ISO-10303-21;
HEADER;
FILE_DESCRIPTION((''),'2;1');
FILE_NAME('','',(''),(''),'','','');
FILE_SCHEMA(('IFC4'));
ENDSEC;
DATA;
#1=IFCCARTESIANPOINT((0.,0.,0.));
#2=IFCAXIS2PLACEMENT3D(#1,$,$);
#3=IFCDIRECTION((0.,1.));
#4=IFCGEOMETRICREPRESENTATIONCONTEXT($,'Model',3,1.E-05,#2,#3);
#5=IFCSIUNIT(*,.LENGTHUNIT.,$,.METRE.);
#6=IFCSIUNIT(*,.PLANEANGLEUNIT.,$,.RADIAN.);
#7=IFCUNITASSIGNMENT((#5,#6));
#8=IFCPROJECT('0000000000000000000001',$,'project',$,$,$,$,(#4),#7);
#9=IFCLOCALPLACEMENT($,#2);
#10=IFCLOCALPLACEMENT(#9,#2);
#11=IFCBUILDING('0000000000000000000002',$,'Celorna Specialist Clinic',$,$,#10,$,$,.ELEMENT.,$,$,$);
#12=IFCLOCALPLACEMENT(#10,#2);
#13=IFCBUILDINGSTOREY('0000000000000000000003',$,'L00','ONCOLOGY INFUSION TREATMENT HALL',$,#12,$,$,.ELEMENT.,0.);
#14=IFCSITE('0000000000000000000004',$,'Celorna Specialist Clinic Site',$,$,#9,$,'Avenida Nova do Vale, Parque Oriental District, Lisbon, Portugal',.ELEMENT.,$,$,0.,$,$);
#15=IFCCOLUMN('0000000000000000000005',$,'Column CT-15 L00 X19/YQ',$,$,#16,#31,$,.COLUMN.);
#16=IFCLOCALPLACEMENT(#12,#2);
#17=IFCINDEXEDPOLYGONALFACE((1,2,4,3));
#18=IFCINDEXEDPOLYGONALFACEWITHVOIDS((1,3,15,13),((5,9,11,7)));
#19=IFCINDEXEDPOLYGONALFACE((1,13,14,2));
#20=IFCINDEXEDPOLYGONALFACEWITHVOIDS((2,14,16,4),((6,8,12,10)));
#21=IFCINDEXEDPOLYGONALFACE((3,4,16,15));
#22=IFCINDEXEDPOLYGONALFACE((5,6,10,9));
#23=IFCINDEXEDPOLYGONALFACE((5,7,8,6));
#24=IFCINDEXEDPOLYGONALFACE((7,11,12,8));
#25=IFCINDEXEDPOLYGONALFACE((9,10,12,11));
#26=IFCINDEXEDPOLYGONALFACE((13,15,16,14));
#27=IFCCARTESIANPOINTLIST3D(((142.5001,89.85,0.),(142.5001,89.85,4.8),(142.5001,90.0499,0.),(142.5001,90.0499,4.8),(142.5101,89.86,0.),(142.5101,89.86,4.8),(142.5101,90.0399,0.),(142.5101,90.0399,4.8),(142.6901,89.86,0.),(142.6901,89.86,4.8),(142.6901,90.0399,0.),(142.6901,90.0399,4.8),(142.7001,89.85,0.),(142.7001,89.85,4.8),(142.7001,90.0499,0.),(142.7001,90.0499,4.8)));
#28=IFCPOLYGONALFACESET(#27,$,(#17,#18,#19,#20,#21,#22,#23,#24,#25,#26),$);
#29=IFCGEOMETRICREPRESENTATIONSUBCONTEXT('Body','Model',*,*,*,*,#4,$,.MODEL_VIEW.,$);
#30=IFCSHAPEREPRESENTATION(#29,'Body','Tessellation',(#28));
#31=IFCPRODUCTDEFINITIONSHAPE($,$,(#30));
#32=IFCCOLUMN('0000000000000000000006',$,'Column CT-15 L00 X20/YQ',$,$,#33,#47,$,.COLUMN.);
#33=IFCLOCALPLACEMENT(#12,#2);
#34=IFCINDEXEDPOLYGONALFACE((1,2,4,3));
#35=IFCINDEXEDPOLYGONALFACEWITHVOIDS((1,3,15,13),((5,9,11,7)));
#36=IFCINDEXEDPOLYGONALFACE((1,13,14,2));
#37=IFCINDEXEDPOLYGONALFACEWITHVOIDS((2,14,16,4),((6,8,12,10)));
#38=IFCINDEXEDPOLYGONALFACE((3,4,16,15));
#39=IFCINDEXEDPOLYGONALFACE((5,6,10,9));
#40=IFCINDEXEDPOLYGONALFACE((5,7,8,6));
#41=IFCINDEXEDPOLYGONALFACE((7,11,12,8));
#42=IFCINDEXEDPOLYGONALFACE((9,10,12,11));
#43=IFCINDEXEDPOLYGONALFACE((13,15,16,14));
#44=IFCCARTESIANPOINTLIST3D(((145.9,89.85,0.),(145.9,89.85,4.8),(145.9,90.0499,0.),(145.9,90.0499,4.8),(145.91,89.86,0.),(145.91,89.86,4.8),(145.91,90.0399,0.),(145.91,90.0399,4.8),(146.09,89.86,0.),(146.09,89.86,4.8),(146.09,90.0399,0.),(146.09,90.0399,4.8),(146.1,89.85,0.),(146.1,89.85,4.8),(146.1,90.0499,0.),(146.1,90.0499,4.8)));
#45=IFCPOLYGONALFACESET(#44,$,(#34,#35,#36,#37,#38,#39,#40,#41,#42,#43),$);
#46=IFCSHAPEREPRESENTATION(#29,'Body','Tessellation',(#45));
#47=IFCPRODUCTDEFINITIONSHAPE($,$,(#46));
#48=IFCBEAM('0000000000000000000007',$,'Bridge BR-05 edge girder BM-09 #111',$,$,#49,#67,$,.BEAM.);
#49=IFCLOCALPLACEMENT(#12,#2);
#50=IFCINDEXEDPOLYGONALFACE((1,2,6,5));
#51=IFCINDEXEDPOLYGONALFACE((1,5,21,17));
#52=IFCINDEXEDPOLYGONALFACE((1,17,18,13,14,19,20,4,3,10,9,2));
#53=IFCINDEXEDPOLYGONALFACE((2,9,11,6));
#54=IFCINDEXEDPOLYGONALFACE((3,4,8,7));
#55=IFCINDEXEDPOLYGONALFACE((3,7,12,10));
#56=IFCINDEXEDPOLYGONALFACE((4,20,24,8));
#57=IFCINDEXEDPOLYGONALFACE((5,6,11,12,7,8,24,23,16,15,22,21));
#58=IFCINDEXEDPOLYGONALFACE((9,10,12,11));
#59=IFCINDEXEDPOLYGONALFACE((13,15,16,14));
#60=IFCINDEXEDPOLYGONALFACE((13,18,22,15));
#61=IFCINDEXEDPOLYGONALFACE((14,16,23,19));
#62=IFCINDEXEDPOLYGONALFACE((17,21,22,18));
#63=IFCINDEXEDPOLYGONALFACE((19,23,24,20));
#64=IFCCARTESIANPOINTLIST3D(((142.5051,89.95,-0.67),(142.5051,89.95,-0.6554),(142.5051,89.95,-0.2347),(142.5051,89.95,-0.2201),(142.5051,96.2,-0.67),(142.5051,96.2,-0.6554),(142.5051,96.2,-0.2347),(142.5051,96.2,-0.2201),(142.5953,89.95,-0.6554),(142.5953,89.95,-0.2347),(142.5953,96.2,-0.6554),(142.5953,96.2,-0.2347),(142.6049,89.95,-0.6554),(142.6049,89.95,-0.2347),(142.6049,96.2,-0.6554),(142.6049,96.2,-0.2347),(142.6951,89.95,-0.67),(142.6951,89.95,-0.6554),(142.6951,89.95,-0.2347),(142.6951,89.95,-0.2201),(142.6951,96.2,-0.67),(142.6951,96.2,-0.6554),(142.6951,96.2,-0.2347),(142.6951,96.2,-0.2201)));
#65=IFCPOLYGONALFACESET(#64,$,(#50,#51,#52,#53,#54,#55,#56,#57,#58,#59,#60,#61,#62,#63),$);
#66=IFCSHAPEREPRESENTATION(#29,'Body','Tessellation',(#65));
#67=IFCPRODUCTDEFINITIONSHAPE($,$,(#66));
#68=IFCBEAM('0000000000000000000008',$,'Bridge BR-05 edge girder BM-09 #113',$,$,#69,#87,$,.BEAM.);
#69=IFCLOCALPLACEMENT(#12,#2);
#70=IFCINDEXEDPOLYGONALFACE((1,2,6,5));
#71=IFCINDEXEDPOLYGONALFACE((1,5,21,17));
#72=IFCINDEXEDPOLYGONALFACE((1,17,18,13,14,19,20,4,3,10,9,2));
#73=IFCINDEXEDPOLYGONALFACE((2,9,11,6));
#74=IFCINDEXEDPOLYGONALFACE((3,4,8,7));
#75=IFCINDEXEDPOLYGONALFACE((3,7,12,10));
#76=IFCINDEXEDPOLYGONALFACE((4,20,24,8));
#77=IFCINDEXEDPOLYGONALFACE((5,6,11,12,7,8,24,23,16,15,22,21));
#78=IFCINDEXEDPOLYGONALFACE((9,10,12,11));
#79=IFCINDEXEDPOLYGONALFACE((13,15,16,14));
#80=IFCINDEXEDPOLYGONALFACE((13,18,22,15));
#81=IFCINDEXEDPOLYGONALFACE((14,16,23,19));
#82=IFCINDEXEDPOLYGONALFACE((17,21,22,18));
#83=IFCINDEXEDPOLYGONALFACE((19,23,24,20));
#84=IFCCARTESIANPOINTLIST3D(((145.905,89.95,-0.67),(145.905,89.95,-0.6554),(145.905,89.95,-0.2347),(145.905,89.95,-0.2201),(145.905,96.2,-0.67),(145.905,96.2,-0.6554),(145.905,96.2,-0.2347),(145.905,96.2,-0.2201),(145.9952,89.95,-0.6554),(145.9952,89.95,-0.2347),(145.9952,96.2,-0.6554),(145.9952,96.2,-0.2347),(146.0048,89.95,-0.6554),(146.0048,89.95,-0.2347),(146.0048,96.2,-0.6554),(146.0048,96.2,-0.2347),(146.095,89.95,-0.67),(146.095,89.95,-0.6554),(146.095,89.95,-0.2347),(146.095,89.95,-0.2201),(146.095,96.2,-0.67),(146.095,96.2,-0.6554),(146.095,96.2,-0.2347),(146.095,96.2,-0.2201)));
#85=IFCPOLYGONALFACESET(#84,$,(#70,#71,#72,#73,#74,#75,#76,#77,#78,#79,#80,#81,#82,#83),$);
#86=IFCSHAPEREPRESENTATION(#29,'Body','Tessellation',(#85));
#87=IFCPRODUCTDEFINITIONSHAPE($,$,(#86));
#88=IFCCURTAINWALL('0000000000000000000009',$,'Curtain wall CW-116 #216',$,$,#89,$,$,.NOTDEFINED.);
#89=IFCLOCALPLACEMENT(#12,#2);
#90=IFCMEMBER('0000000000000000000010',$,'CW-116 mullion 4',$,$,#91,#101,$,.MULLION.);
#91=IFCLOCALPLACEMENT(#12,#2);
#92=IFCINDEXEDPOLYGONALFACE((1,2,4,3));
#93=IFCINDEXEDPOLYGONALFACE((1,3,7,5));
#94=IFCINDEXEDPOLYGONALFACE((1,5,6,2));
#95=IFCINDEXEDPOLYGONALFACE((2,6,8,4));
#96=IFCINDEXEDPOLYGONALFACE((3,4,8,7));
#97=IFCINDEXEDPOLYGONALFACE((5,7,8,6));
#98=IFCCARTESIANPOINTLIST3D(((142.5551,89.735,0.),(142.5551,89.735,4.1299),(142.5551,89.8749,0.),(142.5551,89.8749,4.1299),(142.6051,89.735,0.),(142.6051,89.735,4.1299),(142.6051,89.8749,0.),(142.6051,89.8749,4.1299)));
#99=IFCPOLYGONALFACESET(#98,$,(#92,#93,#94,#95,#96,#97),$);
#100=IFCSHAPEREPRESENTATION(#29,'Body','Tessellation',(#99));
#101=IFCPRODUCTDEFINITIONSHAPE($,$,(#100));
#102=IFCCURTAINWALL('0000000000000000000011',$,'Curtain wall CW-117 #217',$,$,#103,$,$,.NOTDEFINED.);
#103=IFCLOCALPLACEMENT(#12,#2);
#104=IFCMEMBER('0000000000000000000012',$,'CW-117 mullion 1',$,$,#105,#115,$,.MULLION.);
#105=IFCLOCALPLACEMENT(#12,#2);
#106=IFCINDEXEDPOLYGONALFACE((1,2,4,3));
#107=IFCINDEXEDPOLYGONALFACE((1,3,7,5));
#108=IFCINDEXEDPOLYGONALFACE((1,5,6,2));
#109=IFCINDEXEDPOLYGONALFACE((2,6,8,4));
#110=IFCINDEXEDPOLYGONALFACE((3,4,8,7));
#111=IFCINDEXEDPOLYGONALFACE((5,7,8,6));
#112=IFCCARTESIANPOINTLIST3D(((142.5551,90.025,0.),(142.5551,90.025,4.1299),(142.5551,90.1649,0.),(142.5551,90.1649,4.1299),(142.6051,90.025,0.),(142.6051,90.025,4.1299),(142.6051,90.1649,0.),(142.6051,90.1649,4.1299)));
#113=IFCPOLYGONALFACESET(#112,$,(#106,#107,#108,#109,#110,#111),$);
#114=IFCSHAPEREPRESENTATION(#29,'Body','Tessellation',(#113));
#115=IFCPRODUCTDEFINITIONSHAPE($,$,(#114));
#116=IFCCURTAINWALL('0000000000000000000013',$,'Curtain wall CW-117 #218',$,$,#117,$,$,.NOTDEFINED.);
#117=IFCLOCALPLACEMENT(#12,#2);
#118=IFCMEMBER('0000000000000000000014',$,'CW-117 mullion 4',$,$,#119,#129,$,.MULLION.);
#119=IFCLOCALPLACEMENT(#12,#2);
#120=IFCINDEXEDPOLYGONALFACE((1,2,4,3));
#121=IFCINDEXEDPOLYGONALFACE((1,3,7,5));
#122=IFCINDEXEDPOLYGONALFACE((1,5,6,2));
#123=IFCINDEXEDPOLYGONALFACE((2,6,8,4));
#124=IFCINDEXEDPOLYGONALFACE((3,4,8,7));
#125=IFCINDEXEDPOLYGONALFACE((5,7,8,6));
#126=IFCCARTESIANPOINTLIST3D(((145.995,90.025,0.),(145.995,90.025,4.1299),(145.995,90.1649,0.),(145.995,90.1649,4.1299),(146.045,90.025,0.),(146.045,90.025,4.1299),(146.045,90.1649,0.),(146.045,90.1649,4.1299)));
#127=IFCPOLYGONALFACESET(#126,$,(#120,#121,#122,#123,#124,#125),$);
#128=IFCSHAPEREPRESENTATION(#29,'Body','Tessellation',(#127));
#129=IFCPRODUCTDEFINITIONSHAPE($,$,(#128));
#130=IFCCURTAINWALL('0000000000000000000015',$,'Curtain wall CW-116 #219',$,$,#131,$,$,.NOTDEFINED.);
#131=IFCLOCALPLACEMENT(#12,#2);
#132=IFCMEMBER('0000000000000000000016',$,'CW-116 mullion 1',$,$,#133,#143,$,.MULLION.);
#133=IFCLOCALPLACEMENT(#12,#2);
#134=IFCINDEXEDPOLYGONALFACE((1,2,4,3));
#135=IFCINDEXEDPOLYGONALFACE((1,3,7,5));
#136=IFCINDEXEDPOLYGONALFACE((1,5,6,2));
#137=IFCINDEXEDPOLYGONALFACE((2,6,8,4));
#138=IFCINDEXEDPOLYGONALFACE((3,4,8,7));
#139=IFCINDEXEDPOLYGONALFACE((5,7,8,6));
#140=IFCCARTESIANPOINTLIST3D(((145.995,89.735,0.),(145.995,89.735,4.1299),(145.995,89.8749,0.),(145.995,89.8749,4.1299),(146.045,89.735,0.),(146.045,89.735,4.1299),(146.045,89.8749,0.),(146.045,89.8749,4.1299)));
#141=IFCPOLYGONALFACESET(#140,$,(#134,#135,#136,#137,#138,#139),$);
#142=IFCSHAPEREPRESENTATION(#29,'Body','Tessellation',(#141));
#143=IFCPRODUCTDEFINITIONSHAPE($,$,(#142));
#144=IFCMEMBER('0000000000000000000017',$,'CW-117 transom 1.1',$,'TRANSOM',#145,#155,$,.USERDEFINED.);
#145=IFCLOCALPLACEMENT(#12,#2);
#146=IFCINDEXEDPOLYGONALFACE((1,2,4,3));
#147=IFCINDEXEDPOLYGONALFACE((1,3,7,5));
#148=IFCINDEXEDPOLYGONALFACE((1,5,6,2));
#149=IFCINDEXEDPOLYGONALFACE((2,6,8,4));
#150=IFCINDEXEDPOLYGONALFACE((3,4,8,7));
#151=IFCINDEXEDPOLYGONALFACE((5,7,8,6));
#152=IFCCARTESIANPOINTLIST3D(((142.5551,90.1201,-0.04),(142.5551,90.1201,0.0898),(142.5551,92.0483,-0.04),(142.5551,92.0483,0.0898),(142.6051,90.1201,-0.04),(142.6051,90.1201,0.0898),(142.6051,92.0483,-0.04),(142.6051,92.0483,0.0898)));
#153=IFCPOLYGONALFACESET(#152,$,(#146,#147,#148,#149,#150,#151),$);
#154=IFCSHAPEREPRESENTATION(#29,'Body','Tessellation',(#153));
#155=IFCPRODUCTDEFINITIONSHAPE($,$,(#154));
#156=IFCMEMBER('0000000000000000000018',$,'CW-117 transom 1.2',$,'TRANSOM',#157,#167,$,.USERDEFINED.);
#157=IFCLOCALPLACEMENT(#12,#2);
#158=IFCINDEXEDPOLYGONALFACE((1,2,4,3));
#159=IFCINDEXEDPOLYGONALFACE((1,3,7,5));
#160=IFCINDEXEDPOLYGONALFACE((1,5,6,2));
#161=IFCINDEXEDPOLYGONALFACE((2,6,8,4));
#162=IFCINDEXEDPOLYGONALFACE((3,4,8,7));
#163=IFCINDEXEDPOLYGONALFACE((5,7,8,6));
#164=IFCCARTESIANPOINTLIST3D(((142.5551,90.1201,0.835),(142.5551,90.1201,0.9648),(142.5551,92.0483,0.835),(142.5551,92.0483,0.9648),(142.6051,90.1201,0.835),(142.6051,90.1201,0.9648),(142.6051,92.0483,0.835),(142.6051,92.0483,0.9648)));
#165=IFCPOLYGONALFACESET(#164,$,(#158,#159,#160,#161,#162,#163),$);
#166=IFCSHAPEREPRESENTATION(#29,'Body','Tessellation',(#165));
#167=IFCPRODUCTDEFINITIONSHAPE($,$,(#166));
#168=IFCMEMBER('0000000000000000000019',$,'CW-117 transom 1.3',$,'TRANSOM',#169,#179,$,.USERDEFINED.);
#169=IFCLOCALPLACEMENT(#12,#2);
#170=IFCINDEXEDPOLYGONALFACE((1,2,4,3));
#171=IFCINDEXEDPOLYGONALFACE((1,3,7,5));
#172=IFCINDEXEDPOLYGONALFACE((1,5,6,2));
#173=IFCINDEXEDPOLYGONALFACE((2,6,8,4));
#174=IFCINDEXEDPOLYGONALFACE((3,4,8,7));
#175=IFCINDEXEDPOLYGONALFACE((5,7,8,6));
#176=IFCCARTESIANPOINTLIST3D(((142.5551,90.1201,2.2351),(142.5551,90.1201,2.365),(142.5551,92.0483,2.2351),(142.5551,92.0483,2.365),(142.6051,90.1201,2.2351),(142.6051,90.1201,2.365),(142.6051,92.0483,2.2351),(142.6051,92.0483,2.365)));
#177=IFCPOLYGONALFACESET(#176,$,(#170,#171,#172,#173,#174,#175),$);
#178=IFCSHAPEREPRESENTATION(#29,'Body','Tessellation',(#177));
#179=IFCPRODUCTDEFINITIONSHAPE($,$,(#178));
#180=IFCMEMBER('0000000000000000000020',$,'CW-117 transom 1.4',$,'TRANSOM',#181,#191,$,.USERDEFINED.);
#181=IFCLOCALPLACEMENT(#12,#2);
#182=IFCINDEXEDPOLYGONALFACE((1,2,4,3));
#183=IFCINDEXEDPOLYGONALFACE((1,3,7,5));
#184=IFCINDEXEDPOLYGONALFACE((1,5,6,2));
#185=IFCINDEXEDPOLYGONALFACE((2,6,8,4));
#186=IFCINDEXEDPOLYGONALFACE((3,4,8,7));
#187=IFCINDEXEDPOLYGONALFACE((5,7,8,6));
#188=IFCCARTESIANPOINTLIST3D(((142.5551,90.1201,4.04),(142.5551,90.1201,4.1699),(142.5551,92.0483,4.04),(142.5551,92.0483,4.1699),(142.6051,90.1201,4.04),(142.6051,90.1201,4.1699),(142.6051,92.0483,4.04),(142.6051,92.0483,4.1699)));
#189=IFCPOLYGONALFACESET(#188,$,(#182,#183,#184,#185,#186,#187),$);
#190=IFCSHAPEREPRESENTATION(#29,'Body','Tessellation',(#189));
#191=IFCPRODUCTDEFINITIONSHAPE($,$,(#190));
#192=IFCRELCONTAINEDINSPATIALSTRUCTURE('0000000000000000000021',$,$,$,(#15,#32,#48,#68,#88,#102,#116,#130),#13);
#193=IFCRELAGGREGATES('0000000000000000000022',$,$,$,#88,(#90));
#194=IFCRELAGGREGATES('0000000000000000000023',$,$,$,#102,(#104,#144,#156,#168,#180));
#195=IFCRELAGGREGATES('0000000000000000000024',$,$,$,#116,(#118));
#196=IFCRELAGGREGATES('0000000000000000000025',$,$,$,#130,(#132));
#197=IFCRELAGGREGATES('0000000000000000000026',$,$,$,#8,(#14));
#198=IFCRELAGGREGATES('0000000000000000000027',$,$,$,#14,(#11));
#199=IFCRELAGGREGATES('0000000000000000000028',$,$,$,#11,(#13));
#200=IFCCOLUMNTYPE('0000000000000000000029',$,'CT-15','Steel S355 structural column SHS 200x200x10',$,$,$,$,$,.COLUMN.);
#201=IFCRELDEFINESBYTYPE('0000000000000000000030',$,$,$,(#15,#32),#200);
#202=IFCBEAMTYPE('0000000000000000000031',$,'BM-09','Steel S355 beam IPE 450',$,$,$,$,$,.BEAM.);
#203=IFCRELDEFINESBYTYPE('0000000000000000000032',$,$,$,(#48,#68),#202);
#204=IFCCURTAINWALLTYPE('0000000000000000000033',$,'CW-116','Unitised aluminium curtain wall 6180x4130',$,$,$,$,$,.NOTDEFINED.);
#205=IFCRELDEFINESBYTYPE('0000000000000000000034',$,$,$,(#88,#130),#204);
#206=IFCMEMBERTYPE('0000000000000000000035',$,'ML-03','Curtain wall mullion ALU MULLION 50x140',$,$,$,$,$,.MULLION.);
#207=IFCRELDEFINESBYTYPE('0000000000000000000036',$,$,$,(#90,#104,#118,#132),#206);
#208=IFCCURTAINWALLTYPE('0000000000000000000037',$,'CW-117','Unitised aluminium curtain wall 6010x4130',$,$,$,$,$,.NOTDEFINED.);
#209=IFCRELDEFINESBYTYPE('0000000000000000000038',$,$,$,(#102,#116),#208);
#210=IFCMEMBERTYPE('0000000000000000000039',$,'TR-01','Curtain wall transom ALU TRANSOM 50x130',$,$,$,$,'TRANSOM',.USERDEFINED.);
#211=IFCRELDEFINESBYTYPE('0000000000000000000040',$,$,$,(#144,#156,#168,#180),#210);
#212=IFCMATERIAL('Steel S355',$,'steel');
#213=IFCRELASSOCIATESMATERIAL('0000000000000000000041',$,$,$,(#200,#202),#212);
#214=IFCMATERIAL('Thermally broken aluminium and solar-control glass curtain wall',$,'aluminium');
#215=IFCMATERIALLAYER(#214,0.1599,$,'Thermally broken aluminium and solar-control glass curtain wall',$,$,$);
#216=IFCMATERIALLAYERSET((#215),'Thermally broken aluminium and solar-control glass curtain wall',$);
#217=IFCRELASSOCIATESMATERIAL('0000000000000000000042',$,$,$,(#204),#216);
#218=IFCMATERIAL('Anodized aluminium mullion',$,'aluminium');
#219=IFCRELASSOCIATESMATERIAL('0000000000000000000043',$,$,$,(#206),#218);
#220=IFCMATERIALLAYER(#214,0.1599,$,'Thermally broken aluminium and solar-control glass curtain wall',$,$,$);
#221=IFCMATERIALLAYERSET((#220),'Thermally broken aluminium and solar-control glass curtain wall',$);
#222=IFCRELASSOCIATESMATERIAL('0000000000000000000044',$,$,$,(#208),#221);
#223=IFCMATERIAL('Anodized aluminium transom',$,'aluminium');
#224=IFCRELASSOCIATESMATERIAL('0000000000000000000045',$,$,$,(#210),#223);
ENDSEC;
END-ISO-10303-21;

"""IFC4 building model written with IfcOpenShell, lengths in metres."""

from ifc_helpers import new_model, si_unit, direction, frame, origin, origin_2d, place, context, subcontext, project, spatial, rectangle, hollow_rectangle, i_section, extrude, material, layer, layer_set, material_profile, profile_set, type_object, element, aggregate, save


model = new_model("IFC4")

# Units and contexts
model_context = context("Model", 3, precision=1e-05, world=origin(), true_north=direction((0.0, 1.0)))
body_context = subcontext(model_context, "Body", "Model", "MODEL_VIEW")
ifc_project = project(units=[si_unit("LENGTHUNIT", "METRE"), si_unit("PLANEANGLEUNIT", "RADIAN")], contexts=[model_context])

# Site, building, storey
site_placement = place(None, origin())
site = spatial("IfcSite", under=ifc_project, at=site_placement, Name="Celorna Specialist Clinic Site", LongName="Avenida Nova do Vale, Parque Oriental District, Lisbon, Portugal", CompositionType="ELEMENT", RefElevation=0.0)
building_placement = place(site_placement, origin())
building = spatial("IfcBuilding", under=site, at=building_placement, Name="Celorna Specialist Clinic", CompositionType="ELEMENT")
storey_placement = place(building_placement, origin())
storey = spatial("IfcBuildingStorey", under=building, at=storey_placement, Name="L00", Description="ONCOLOGY INFUSION TREATMENT HALL", CompositionType="ELEMENT", Elevation=0.0)

# Columns
ifc_material_1 = material(Name="Steel S355", Category="steel")
ifc_material_profile_1 = material_profile(ifc_material_1, hollow_rectangle(XDim=0.2, YDim=0.2, WallThickness=0.01, at=origin_2d()), Name="SHS 200x200x10")
ifc_profile_set_1 = profile_set([ifc_material_profile_1], Name="Steel S355")
column_type = type_object("IfcColumnType", Name="CT-15", Description="Steel S355 structural column SHS 200x200x10", PredefinedType="COLUMN", material=ifc_profile_set_1)
for number, where, z_axis, x_axis, name in (
    (1, (142.6001, 89.95, 0.0), (0.0, 0.0, 1.0), (1.0, 0.0, 0.0), "Column CT-15 L00 X19/YQ"),
    (2, (146.0, 89.95, 0.0), (0.0, 0.0, 1.0), (1.0, 0.0, 0.0), "Column CT-15 L00 X20/YQ"),
):
    element("IfcColumn", number, at=place(storey_placement, frame(where, z_axis=z_axis, x_axis=x_axis)), inside=storey, type_object=column_type, Name=name, PredefinedType="COLUMN", context=body_context, shape_type="SweptSolid", body=[
        extrude(hollow_rectangle(XDim=0.2, YDim=0.2, WallThickness=0.01, at=origin_2d()), origin(), (0.0, 0.0, 1.0), 4.8),
    ])

# Beams
ifc_material_profile_2 = material_profile(ifc_material_1, i_section(OverallWidth=0.1899, OverallDepth=0.45, WebThickness=0.0095, FlangeThickness=0.0146, at=origin_2d()), Name="IPE 450")
ifc_profile_set_2 = profile_set([ifc_material_profile_2], Name="Steel S355")
beam_type = type_object("IfcBeamType", Name="BM-09", Description="Steel S355 beam IPE 450", PredefinedType="BEAM", material=ifc_profile_set_2)
for number, where, z_axis, x_axis, name in (
    (3, (142.6001, 89.95, -0.4451), (0.0, 1.0, 0.0), (-1.0, 0.0, 0.0), "Bridge BR-05 edge girder BM-09 #111"),
    (4, (146.0, 89.95, -0.4451), (0.0, 1.0, 0.0), (-1.0, 0.0, 0.0), "Bridge BR-05 edge girder BM-09 #113"),
):
    element("IfcBeam", number, at=place(storey_placement, frame(where, z_axis=z_axis, x_axis=x_axis)), inside=storey, type_object=beam_type, Name=name, PredefinedType="BEAM", context=body_context, shape_type="SweptSolid", body=[
        extrude(i_section(OverallWidth=0.1899, OverallDepth=0.45, WebThickness=0.0095, FlangeThickness=0.0146, at=origin_2d()), origin(), (0.0, 0.0, 1.0), 6.25),
    ])

# Curtain walls, members
ifc_material_2 = material(Name="Thermally broken aluminium and solar-control glass curtain wall", Category="aluminium")
ifc_layer_1 = layer(ifc_material_2, 0.1599, Name="Thermally broken aluminium and solar-control glass curtain wall")
ifc_layer_set_1 = layer_set([ifc_layer_1], Name="Thermally broken aluminium and solar-control glass curtain wall")
curtain_wall_type_1 = type_object("IfcCurtainWallType", Name="CW-116", Description="Unitised aluminium curtain wall 6180x4130", PredefinedType="NOTDEFINED", material=ifc_layer_set_1)
curtain_wall_1_placement = place(storey_placement, origin())
curtain_wall_1 = element("IfcCurtainWall", 5, at=curtain_wall_1_placement, inside=storey, type_object=curtain_wall_type_1, Name="Curtain wall CW-116 #216", PredefinedType="NOTDEFINED")
ifc_material_3 = material(Name="Anodized aluminium mullion", Category="aluminium")
ifc_material_profile_3 = material_profile(ifc_material_3, rectangle(XDim=0.05, YDim=0.1399, at=origin_2d()), Name="ALU MULLION 50x140")
ifc_profile_set_3 = profile_set([ifc_material_profile_3], Name="Anodized aluminium mullion")
member_type_1 = type_object("IfcMemberType", Name="ML-03", Description="Curtain wall mullion ALU MULLION 50x140", PredefinedType="MULLION", material=ifc_profile_set_3)
member_1_placement = place(storey_placement, frame((142.5801, 89.8049, 0.0), z_axis=(0.0, 0.0, 1.0), x_axis=(-1.0, 0.0, 0.0)))
member_1 = element("IfcMember", 6, at=member_1_placement, type_object=member_type_1, Name="CW-116 mullion 4", PredefinedType="MULLION", context=body_context, shape_type="SweptSolid", body=[
    extrude(rectangle(XDim=0.05, YDim=0.1399, at=origin_2d()), origin(), (0.0, 0.0, 1.0), 4.1299),
])
ifc_layer_2 = layer(ifc_material_2, 0.1599, Name="Thermally broken aluminium and solar-control glass curtain wall")
ifc_layer_set_2 = layer_set([ifc_layer_2], Name="Thermally broken aluminium and solar-control glass curtain wall")
curtain_wall_type_2 = type_object("IfcCurtainWallType", Name="CW-117", Description="Unitised aluminium curtain wall 6010x4130", PredefinedType="NOTDEFINED", material=ifc_layer_set_2)
curtain_wall_2_placement = place(storey_placement, origin())
curtain_wall_2 = element("IfcCurtainWall", 7, at=curtain_wall_2_placement, inside=storey, type_object=curtain_wall_type_2, Name="Curtain wall CW-117 #217", PredefinedType="NOTDEFINED")
member_2_placement = place(storey_placement, frame((142.5801, 90.095, 0.0), z_axis=(0.0, 0.0, 1.0), x_axis=(-1.0, 0.0, 0.0)))
member_2 = element("IfcMember", 8, at=member_2_placement, type_object=member_type_1, Name="CW-117 mullion 1", PredefinedType="MULLION", context=body_context, shape_type="SweptSolid", body=[
    extrude(rectangle(XDim=0.05, YDim=0.1399, at=origin_2d()), origin(), (0.0, 0.0, 1.0), 4.1299),
])
curtain_wall_3_placement = place(storey_placement, origin())
curtain_wall_3 = element("IfcCurtainWall", 9, at=curtain_wall_3_placement, inside=storey, type_object=curtain_wall_type_2, Name="Curtain wall CW-117 #218", PredefinedType="NOTDEFINED")
member_3_placement = place(storey_placement, frame((146.02, 90.095, 0.0), z_axis=(0.0, 0.0, 1.0), x_axis=(1.0, 0.0, 0.0)))
member_3 = element("IfcMember", 10, at=member_3_placement, type_object=member_type_1, Name="CW-117 mullion 4", PredefinedType="MULLION", context=body_context, shape_type="SweptSolid", body=[
    extrude(rectangle(XDim=0.05, YDim=0.1399, at=origin_2d()), origin(), (0.0, 0.0, 1.0), 4.1299),
])
curtain_wall_4_placement = place(storey_placement, origin())
curtain_wall_4 = element("IfcCurtainWall", 11, at=curtain_wall_4_placement, inside=storey, type_object=curtain_wall_type_1, Name="Curtain wall CW-116 #219", PredefinedType="NOTDEFINED")
member_4_placement = place(storey_placement, frame((146.02, 89.8049, 0.0), z_axis=(0.0, 0.0, 1.0), x_axis=(1.0, 0.0, 0.0)))
member_4 = element("IfcMember", 12, at=member_4_placement, type_object=member_type_1, Name="CW-116 mullion 1", PredefinedType="MULLION", context=body_context, shape_type="SweptSolid", body=[
    extrude(rectangle(XDim=0.05, YDim=0.1399, at=origin_2d()), origin(), (0.0, 0.0, 1.0), 4.1299),
])

# Members
ifc_material_4 = material(Name="Anodized aluminium transom", Category="aluminium")
ifc_material_profile_4 = material_profile(ifc_material_4, rectangle(XDim=0.05, YDim=0.1299, at=origin_2d()), Name="ALU TRANSOM 50x130")
ifc_profile_set_4 = profile_set([ifc_material_profile_4], Name="Anodized aluminium transom")
member_type_2 = type_object("IfcMemberType", Name="TR-01", Description="Curtain wall transom ALU TRANSOM 50x130", ElementType="TRANSOM", PredefinedType="USERDEFINED", material=ifc_profile_set_4)
member_5_placement = place(storey_placement, frame((142.5801, 90.1201, 0.0249), z_axis=(0.0, 1.0, 0.0), x_axis=(-1.0, 0.0, 0.0)))
member_5 = element("IfcMember", 13, at=member_5_placement, type_object=member_type_2, Name="CW-117 transom 1.1", ObjectType="TRANSOM", PredefinedType="USERDEFINED", context=body_context, shape_type="SweptSolid", body=[
    extrude(rectangle(XDim=0.05, YDim=0.1299, at=origin_2d()), origin(), (0.0, 0.0, 1.0), 1.9282),
])
member_6_placement = place(storey_placement, frame((142.5801, 90.1201, 0.8999), z_axis=(0.0, 1.0, 0.0), x_axis=(-1.0, 0.0, 0.0)))
member_6 = element("IfcMember", 14, at=member_6_placement, type_object=member_type_2, Name="CW-117 transom 1.2", ObjectType="TRANSOM", PredefinedType="USERDEFINED", context=body_context, shape_type="SweptSolid", body=[
    extrude(rectangle(XDim=0.05, YDim=0.1299, at=origin_2d()), origin(), (0.0, 0.0, 1.0), 1.9282),
])
member_7_placement = place(storey_placement, frame((142.5801, 90.1201, 2.3), z_axis=(0.0, 1.0, 0.0), x_axis=(-1.0, 0.0, 0.0)))
member_7 = element("IfcMember", 15, at=member_7_placement, type_object=member_type_2, Name="CW-117 transom 1.3", ObjectType="TRANSOM", PredefinedType="USERDEFINED", context=body_context, shape_type="SweptSolid", body=[
    extrude(rectangle(XDim=0.05, YDim=0.1299, at=origin_2d()), origin(), (0.0, 0.0, 1.0), 1.9282),
])
member_8_placement = place(storey_placement, frame((142.5801, 90.1201, 4.105), z_axis=(0.0, 1.0, 0.0), x_axis=(-1.0, 0.0, 0.0)))
member_8 = element("IfcMember", 16, at=member_8_placement, type_object=member_type_2, Name="CW-117 transom 1.4", ObjectType="TRANSOM", PredefinedType="USERDEFINED", context=body_context, shape_type="SweptSolid", body=[
    extrude(rectangle(XDim=0.05, YDim=0.1299, at=origin_2d()), origin(), (0.0, 0.0, 1.0), 1.9282),
])

aggregate(curtain_wall_1, [member_1])
aggregate(curtain_wall_2, [member_2, member_5, member_6, member_7, member_8])
aggregate(curtain_wall_3, [member_3])
aggregate(curtain_wall_4, [member_4])

save(model, "model.ifc")
